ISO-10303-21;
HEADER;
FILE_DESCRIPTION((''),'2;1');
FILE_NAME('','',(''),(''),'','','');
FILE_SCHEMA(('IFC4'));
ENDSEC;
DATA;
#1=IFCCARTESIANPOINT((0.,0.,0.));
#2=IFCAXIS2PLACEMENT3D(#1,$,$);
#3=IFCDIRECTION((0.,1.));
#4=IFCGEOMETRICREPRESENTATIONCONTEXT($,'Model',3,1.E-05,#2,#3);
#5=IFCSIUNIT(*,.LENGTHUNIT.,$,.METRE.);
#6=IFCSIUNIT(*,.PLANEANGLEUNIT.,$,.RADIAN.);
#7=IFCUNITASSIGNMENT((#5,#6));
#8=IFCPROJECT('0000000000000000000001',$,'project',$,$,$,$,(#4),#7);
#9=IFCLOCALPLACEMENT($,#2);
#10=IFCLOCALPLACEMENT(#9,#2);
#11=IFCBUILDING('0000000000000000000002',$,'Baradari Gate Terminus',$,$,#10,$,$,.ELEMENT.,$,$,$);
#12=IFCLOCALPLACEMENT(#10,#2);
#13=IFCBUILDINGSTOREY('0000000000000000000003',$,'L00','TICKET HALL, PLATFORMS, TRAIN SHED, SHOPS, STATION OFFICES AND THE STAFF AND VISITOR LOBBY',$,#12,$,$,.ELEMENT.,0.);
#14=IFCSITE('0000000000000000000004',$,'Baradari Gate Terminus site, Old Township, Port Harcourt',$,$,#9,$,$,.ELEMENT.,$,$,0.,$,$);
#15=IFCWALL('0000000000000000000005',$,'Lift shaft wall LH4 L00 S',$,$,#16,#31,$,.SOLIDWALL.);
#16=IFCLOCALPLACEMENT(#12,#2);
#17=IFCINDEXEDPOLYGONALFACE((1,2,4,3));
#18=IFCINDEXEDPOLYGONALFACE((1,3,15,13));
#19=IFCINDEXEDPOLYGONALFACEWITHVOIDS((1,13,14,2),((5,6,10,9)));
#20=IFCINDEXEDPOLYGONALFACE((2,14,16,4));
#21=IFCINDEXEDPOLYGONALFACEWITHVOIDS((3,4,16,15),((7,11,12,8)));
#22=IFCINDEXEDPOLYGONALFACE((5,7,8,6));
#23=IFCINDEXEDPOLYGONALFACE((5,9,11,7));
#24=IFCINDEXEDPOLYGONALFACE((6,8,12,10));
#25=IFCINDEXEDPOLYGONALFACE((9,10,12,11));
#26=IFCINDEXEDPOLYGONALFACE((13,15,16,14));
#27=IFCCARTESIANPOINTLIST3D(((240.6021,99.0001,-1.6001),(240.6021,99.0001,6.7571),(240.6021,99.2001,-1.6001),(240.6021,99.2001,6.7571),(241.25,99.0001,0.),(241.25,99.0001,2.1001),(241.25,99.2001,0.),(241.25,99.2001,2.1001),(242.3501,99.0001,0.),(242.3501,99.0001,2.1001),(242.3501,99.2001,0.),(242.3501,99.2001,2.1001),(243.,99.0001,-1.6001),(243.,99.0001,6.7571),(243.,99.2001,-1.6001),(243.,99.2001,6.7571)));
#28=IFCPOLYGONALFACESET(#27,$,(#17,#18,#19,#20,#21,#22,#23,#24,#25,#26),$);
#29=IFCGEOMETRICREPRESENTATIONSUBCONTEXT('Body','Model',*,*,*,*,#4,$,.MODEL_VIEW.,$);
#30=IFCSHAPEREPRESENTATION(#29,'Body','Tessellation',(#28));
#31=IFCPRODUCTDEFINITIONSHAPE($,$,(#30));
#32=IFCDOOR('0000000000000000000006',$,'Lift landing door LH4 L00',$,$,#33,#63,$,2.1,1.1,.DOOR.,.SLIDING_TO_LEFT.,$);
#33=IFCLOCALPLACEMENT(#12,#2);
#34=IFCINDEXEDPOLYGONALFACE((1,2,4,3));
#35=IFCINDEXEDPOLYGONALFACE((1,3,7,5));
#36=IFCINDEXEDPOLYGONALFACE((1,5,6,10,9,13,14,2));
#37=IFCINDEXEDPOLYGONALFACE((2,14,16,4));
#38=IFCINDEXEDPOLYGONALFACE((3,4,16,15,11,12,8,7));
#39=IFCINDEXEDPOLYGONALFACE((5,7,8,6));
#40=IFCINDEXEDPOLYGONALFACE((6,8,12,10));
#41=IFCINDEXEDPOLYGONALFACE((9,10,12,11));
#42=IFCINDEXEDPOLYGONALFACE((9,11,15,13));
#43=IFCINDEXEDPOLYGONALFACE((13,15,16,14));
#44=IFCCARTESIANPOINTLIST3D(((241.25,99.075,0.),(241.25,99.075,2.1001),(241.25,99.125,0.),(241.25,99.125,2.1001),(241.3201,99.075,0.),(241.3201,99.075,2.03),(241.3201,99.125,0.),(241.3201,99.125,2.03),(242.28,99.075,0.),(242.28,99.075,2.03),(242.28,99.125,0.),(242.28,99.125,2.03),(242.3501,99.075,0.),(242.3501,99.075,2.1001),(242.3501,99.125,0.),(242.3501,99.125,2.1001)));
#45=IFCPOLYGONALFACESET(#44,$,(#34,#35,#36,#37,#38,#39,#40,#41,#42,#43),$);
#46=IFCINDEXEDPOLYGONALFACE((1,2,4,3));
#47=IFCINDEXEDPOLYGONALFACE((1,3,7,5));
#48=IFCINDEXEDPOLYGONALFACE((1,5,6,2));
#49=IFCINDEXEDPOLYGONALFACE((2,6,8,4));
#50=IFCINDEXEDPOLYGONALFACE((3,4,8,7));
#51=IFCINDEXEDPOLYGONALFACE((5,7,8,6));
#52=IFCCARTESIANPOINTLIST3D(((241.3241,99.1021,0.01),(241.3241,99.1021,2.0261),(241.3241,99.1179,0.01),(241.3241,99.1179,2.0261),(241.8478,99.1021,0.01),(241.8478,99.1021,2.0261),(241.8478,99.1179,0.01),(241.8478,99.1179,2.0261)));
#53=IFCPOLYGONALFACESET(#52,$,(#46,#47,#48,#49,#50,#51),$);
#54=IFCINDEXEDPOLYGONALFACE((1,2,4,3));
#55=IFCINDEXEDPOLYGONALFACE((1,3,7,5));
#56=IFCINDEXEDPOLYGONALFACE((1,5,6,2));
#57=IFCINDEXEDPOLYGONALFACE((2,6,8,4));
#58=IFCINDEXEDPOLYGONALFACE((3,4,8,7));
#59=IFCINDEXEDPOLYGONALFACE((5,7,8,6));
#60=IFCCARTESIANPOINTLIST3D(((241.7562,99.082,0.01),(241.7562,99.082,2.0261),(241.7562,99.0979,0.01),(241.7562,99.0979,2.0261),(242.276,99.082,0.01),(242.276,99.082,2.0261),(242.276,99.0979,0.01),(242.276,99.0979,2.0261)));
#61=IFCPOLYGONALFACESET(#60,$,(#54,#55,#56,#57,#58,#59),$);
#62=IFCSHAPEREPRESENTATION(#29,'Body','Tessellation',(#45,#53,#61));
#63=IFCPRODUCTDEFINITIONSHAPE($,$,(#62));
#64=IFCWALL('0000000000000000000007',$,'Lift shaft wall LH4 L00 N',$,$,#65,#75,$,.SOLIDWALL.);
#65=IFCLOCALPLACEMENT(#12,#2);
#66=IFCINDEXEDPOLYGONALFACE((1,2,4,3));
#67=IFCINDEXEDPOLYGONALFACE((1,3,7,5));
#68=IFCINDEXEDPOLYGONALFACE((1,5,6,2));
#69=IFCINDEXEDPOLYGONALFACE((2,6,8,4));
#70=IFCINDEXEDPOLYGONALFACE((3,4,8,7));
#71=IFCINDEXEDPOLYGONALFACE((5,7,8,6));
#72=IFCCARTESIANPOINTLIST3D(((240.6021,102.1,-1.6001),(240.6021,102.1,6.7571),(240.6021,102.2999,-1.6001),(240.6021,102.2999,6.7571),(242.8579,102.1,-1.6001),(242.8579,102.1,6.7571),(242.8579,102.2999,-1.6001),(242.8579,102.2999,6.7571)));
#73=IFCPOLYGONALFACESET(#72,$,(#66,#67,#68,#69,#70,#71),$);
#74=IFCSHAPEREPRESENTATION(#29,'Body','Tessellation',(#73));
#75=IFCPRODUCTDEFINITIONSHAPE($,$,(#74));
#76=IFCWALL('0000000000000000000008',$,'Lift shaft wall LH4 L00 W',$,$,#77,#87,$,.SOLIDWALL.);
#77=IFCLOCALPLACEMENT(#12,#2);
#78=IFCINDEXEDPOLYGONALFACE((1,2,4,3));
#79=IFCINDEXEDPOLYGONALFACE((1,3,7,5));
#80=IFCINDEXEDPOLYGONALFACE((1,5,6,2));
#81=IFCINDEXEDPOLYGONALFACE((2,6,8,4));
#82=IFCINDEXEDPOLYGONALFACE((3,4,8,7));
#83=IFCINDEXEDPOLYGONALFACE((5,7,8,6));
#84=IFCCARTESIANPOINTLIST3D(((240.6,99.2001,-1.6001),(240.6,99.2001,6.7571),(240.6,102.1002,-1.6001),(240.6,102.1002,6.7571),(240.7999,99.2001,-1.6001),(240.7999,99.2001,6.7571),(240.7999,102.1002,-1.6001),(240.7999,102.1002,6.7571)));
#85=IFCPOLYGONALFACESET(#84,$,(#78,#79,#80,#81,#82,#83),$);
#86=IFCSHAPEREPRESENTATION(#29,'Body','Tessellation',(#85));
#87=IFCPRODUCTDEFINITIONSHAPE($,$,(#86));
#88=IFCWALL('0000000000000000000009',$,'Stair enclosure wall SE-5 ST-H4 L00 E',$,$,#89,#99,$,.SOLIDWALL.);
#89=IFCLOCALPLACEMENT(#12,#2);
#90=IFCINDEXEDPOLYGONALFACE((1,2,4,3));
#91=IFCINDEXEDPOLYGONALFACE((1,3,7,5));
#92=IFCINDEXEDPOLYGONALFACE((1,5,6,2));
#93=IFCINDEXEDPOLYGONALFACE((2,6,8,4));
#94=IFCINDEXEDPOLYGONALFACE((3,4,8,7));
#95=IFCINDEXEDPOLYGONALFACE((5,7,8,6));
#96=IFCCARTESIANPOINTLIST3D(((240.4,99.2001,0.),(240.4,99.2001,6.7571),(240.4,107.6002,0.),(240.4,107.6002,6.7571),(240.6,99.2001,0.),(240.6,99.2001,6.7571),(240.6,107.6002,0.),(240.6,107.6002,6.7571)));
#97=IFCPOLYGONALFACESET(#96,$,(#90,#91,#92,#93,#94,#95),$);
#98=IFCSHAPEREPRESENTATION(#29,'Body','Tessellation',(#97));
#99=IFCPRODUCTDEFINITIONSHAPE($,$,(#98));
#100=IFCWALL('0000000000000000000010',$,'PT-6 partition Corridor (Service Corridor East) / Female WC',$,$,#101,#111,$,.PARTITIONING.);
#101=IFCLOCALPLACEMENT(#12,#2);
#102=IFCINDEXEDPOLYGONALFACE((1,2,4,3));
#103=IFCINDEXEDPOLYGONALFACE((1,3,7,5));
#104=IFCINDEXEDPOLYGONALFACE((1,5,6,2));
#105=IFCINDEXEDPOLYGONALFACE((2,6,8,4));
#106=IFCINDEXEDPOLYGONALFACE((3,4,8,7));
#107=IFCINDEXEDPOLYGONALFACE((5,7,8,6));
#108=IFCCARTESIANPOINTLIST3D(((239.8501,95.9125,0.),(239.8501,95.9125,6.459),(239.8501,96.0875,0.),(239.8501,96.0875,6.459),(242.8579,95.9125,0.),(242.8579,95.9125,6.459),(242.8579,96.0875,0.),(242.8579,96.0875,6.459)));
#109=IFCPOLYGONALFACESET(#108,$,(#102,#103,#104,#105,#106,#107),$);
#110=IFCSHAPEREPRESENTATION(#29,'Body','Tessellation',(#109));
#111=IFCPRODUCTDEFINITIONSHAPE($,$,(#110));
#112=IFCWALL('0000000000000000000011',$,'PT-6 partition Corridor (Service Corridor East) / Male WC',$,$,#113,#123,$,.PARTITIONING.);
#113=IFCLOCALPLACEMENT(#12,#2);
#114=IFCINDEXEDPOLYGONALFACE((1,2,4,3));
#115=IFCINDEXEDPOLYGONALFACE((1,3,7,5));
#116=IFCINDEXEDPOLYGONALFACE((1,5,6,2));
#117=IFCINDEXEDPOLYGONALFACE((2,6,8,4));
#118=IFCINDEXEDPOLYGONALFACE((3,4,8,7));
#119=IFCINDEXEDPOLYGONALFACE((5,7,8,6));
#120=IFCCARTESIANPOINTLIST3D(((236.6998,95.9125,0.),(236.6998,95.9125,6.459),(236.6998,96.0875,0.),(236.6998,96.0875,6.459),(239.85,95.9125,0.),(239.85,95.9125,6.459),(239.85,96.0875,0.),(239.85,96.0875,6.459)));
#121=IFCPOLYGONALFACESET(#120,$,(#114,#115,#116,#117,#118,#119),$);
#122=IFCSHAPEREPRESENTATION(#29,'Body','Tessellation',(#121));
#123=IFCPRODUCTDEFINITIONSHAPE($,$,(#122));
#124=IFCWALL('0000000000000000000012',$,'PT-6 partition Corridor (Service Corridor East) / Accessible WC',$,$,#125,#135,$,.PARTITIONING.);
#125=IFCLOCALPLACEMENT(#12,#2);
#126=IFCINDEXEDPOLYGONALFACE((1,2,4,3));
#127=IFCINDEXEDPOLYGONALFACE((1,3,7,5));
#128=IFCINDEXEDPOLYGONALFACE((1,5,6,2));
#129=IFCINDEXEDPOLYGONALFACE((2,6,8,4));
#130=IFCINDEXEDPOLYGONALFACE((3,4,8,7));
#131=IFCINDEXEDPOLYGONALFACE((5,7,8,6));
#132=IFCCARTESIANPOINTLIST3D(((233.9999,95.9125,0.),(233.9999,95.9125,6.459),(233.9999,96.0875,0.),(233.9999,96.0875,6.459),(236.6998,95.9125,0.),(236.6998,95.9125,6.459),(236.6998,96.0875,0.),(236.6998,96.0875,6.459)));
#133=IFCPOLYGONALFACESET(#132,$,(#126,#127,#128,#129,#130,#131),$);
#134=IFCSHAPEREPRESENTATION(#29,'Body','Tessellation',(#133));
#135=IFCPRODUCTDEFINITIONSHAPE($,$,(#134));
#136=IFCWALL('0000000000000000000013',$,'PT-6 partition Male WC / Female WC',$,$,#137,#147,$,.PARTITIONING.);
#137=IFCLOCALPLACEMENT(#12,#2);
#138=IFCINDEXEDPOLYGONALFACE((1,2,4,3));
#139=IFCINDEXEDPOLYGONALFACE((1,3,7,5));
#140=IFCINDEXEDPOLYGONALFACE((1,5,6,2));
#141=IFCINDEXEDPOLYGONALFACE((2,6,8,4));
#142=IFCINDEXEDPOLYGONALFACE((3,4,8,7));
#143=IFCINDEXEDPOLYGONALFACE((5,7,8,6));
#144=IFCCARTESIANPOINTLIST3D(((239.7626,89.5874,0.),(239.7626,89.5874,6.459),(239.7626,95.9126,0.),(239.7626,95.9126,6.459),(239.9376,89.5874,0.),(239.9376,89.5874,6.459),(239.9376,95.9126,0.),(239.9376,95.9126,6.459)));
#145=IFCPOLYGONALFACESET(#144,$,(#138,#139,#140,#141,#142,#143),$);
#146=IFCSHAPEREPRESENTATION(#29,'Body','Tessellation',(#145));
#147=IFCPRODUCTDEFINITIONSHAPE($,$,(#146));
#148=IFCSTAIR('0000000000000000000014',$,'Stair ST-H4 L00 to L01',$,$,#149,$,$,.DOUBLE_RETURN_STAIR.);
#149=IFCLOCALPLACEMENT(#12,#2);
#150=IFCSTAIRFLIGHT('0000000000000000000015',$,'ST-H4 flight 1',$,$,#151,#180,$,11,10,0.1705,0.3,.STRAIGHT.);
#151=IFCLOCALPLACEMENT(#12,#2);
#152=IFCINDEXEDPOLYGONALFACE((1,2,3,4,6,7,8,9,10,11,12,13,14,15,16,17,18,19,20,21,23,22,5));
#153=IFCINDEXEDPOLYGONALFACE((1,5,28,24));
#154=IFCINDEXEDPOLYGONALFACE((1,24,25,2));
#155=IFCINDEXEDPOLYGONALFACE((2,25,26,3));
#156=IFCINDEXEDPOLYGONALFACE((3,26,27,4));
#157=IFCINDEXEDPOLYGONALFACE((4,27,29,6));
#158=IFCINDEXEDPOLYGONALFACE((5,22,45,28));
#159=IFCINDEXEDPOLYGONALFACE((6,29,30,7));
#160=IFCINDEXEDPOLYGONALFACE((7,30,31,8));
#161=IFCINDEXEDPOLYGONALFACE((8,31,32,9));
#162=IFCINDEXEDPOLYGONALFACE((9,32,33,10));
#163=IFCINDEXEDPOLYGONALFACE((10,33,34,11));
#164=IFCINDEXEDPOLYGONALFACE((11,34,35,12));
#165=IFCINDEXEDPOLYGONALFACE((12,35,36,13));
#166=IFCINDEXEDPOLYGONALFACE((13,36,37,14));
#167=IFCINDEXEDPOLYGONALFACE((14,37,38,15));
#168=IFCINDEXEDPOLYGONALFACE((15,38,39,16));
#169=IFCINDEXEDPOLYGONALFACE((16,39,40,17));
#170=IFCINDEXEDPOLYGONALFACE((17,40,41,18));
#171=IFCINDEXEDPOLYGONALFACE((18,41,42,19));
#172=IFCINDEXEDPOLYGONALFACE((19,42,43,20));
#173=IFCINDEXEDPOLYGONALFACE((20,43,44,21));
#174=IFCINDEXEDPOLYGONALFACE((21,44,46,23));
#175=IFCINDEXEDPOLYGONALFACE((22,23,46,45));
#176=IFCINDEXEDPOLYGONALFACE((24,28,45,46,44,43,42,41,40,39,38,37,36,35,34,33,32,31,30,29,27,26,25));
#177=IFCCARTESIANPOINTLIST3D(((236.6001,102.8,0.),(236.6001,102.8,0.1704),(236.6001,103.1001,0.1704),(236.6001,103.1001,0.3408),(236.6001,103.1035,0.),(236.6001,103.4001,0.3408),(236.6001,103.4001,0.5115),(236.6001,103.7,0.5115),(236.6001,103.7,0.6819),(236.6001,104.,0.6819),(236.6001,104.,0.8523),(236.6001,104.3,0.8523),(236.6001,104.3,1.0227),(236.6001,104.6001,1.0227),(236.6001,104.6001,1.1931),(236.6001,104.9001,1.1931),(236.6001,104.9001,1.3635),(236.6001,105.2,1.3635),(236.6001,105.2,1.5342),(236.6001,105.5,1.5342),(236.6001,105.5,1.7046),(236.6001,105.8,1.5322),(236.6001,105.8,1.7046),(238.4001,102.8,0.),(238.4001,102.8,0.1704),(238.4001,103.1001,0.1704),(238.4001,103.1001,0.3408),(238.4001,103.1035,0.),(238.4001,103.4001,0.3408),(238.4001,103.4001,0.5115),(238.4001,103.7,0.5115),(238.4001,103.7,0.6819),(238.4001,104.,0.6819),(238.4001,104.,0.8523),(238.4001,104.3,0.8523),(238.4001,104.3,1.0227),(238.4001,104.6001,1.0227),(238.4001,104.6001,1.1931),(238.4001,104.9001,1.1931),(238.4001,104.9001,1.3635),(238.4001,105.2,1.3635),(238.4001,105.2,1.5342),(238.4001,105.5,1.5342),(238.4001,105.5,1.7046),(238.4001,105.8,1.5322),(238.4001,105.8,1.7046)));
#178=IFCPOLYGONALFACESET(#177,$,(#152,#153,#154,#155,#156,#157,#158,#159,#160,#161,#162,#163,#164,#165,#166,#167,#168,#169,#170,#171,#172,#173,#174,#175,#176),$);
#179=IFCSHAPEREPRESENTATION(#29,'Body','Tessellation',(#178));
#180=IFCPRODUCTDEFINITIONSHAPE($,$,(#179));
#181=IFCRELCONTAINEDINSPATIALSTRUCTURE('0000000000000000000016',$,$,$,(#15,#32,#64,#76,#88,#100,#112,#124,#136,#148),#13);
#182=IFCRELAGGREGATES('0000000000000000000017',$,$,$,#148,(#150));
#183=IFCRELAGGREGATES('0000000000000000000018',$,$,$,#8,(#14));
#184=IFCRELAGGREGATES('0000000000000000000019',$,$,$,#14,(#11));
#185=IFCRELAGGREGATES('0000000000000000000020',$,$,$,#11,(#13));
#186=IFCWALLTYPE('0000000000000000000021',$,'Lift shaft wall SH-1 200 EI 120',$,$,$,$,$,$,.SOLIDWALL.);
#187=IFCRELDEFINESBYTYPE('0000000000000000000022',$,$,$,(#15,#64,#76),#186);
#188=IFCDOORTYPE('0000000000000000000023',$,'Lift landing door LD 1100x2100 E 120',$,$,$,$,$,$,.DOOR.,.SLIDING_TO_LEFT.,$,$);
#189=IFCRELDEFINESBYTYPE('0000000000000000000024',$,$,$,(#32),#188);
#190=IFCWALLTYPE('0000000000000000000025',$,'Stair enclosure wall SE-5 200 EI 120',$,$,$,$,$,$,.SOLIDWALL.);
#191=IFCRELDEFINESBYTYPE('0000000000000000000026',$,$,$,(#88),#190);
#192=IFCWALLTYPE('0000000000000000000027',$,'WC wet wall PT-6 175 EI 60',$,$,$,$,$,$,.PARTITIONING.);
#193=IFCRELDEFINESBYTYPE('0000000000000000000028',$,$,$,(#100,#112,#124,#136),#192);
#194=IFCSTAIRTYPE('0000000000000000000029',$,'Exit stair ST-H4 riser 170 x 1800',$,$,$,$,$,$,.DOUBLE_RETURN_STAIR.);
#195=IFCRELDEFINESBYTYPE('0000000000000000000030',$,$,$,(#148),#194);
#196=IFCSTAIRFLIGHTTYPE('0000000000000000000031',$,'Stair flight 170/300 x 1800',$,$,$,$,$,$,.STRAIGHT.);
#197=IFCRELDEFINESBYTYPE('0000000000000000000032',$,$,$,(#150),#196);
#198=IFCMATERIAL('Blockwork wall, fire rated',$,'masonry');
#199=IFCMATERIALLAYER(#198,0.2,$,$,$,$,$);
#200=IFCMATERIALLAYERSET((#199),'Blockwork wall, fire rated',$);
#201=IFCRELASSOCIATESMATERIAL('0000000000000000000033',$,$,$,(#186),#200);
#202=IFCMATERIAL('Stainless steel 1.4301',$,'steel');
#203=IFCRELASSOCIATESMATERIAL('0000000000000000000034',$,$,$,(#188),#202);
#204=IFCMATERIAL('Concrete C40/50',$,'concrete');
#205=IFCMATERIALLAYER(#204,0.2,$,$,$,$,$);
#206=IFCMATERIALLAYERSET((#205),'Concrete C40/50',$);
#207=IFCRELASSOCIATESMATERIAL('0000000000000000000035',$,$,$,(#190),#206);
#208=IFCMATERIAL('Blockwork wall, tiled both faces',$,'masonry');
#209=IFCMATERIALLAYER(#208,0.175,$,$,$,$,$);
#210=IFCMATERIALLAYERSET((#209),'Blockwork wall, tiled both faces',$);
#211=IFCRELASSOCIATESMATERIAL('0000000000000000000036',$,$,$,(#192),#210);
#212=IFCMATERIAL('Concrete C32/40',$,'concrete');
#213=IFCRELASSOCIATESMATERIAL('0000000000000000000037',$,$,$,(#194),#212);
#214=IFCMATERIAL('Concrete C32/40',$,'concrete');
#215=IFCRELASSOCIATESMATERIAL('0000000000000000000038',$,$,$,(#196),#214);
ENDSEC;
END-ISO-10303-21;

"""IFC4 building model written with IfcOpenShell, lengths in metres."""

from ifc_helpers import new_model, si_unit, direction, frame, frame_2d, origin, place, context, subcontext, project, spatial, polyline, rectangle, outline, extrude, material, layer, layer_set, type_object, element, fill, aggregate, save


model = new_model("IFC4")

# Units and contexts
model_context = context("Model", 3, precision=1e-05, world=origin(), true_north=direction((0.0, 1.0)))
body_context = subcontext(model_context, "Body", "Model", "MODEL_VIEW")
ifc_project = project(units=[si_unit("LENGTHUNIT", "METRE"), si_unit("PLANEANGLEUNIT", "RADIAN")], contexts=[model_context])

# Site, building, storey
site_placement = place(None, origin())
site = spatial("IfcSite", under=ifc_project, at=site_placement, Name="Baradari Gate Terminus site, Old Township, Port Harcourt", CompositionType="ELEMENT", RefElevation=0.0)
building_placement = place(site_placement, origin())
building = spatial("IfcBuilding", under=site, at=building_placement, Name="Baradari Gate Terminus", CompositionType="ELEMENT")
storey_placement = place(building_placement, origin())
storey = spatial("IfcBuildingStorey", under=building, at=storey_placement, Name="L00", Description="TICKET HALL, PLATFORMS, TRAIN SHED, SHOPS, STATION OFFICES AND THE STAFF AND VISITOR LOBBY", CompositionType="ELEMENT", Elevation=0.0)

# Wall, opening, door
ifc_material_1 = material(Name="Blockwork wall, fire rated", Category="masonry")
ifc_layer_1 = layer(ifc_material_1, 0.2)
ifc_layer_set_1 = layer_set([ifc_layer_1], Name="Blockwork wall, fire rated")
wall_type_1 = type_object("IfcWallType", Name="Lift shaft wall SH-1 200 EI 120", PredefinedType="SOLIDWALL", material=ifc_layer_set_1)
wall_1_placement = place(storey_placement, frame((240.6021, 99.1001, -1.6001), z_axis=(0.0, 0.0, 1.0), x_axis=(1.0, 0.0, 0.0)))
wall_1 = element("IfcWall", 1, at=wall_1_placement, inside=storey, type_object=wall_type_1, Name="Lift shaft wall LH4 L00 S", PredefinedType="SOLIDWALL", context=body_context, shape_type="SweptSolid", body=[
    extrude(rectangle(XDim=2.3979, YDim=0.2, at=frame_2d((1.199, 0.0))), origin(), (0.0, 0.0, 1.0), 8.3572),
])
opening_1_placement = place(wall_1_placement, frame((0.6479, 0.0, 1.6001)))
opening_1 = element("IfcOpeningElement", 2, at=opening_1_placement, cuts=wall_1, PredefinedType="OPENING", context=body_context, shape_type="SweptSolid", body=[
    extrude(rectangle(XDim=1.1001, YDim=2.1001, at=frame_2d((0.55, 1.05))), frame((0.0, 0.1099, 0.0), z_axis=(0.0, -1.0, 0.0), x_axis=(1.0, 0.0, 0.0)), (0.0, 0.0, 1.0), 0.22),
])
ifc_material_2 = material(Name="Stainless steel 1.4301", Category="steel")
door_type = type_object("IfcDoorType", Name="Lift landing door LD 1100x2100 E 120", OperationType="SLIDING_TO_LEFT", PredefinedType="DOOR", material=ifc_material_2)
door_placement = place(opening_1_placement, origin())
door = element("IfcDoor", 3, at=door_placement, inside=storey, type_object=door_type, Name="Lift landing door LH4 L00", OperationType="SLIDING_TO_LEFT", OverallHeight=2.1, OverallWidth=1.1, PredefinedType="DOOR", context=body_context, shape_type="SweptSolid", body=[
    extrude(outline(polyline([(0.0, 0.0), (0.0701, 0.0), (0.0701, 2.03), (1.03, 2.03), (1.03, 0.0), (1.1001, 0.0), (1.1001, 2.1001), (0.0, 2.1001), (0.0, 0.0)])), frame((0.0, 0.0249, 0.0), z_axis=(0.0, -1.0, 0.0), x_axis=(1.0, 0.0, 0.0)), (0.0, 0.0, 1.0), 0.05),
    extrude(rectangle(XDim=0.5237, YDim=2.0161, at=frame_2d((0.3359, 1.0181))), frame((0.0, 0.0178, 0.0), z_axis=(0.0, -1.0, 0.0), x_axis=(1.0, 0.0, 0.0)), (0.0, 0.0, 1.0), 0.0159),
    extrude(rectangle(XDim=0.5198, YDim=2.0161, at=frame_2d((0.7661, 1.0181))), frame((0.0, -0.0022, 0.0), z_axis=(0.0, -1.0, 0.0), x_axis=(1.0, 0.0, 0.0)), (0.0, 0.0, 1.0), 0.0159),
])
fill(opening_1, door)

# Walls
wall_2_placement = place(storey_placement, frame((240.6021, 102.2, -1.6001), z_axis=(0.0, 0.0, 1.0), x_axis=(1.0, 0.0, 0.0)))
element("IfcWall", 4, at=wall_2_placement, inside=storey, type_object=wall_type_1, Name="Lift shaft wall LH4 L00 N", PredefinedType="SOLIDWALL", context=body_context, shape_type="SweptSolid", body=[
    extrude(rectangle(XDim=2.2559, YDim=0.2, at=frame_2d((1.1279, 0.0))), origin(), (0.0, 0.0, 1.0), 8.3572),
])
wall_3_placement = place(storey_placement, frame((240.7, 99.2, -1.6001), z_axis=(0.0, 0.0, 1.0), x_axis=(0.0, 1.0, 0.0)))
element("IfcWall", 5, at=wall_3_placement, inside=storey, type_object=wall_type_1, Name="Lift shaft wall LH4 L00 W", PredefinedType="SOLIDWALL", context=body_context, shape_type="SweptSolid", body=[
    extrude(rectangle(XDim=2.9001, YDim=0.2, at=frame_2d((1.4502, 0.0))), origin(), (0.0, 0.0, 1.0), 8.3572),
])
ifc_material_3 = material(Name="Concrete C40/50", Category="concrete")
ifc_layer_2 = layer(ifc_material_3, 0.2)
ifc_layer_set_2 = layer_set([ifc_layer_2], Name="Concrete C40/50")
wall_type_2 = type_object("IfcWallType", Name="Stair enclosure wall SE-5 200 EI 120", PredefinedType="SOLIDWALL", material=ifc_layer_set_2)
wall_4_placement = place(storey_placement, frame((240.5, 99.2, 0.0), z_axis=(0.0, 0.0, 1.0), x_axis=(0.0, 1.0, 0.0)))
element("IfcWall", 6, at=wall_4_placement, inside=storey, type_object=wall_type_2, Name="Stair enclosure wall SE-5 ST-H4 L00 E", PredefinedType="SOLIDWALL", context=body_context, shape_type="SweptSolid", body=[
    extrude(rectangle(XDim=8.4001, YDim=0.2, at=frame_2d((4.2002, 0.0))), origin(), (0.0, 0.0, 1.0), 6.7571),
])
ifc_material_4 = material(Name="Blockwork wall, tiled both faces", Category="masonry")
ifc_layer_3 = layer(ifc_material_4, 0.175)
ifc_layer_set_3 = layer_set([ifc_layer_3], Name="Blockwork wall, tiled both faces")
wall_type_3 = type_object("IfcWallType", Name="WC wet wall PT-6 175 EI 60", PredefinedType="PARTITIONING", material=ifc_layer_set_3)
wall_5_placement = place(storey_placement, frame((242.8579, 96.0, 0.0), z_axis=(0.0, 0.0, 1.0), x_axis=(-1.0, 0.0, 0.0)))
element("IfcWall", 7, at=wall_5_placement, inside=storey, type_object=wall_type_3, Name="PT-6 partition Corridor (Service Corridor East) / Female WC", PredefinedType="PARTITIONING", context=body_context, shape_type="SweptSolid", body=[
    extrude(rectangle(XDim=3.0078, YDim=0.175, at=frame_2d((1.5039, 0.0))), origin(), (0.0, 0.0, 1.0), 6.459),
])
wall_6_placement = place(storey_placement, frame((239.8501, 96.0, 0.0), z_axis=(0.0, 0.0, 1.0), x_axis=(-1.0, 0.0, 0.0)))
element("IfcWall", 8, at=wall_6_placement, inside=storey, type_object=wall_type_3, Name="PT-6 partition Corridor (Service Corridor East) / Male WC", PredefinedType="PARTITIONING", context=body_context, shape_type="SweptSolid", body=[
    extrude(rectangle(XDim=3.1501, YDim=0.175, at=frame_2d((1.5752, 0.0))), origin(), (0.0, 0.0, 1.0), 6.459),
])
wall_7_placement = place(storey_placement, frame((236.7, 96.0, 0.0), z_axis=(0.0, 0.0, 1.0), x_axis=(-1.0, 0.0, 0.0)))
element("IfcWall", 9, at=wall_7_placement, inside=storey, type_object=wall_type_3, Name="PT-6 partition Corridor (Service Corridor East) / Accessible WC", PredefinedType="PARTITIONING", context=body_context, shape_type="SweptSolid", body=[
    extrude(rectangle(XDim=2.7, YDim=0.175, at=frame_2d((1.3501, 0.0))), origin(), (0.0, 0.0, 1.0), 6.459),
])
wall_8_placement = place(storey_placement, frame((239.8501, 95.9126, 0.0), z_axis=(0.0, 0.0, 1.0), x_axis=(0.0, -1.0, 0.0)))
element("IfcWall", 10, at=wall_8_placement, inside=storey, type_object=wall_type_3, Name="PT-6 partition Male WC / Female WC", PredefinedType="PARTITIONING", context=body_context, shape_type="SweptSolid", body=[
    extrude(rectangle(XDim=6.3252, YDim=0.175, at=frame_2d((3.1626, 0.0))), origin(), (0.0, 0.0, 1.0), 6.459),
])

# Stair, stair flight
ifc_material_5 = material(Name="Concrete C32/40", Category="concrete")
stair_type = type_object("IfcStairType", Name="Exit stair ST-H4 riser 170 x 1800", PredefinedType="DOUBLE_RETURN_STAIR", material=ifc_material_5)
stair_placement = place(storey_placement, origin())
stair = element("IfcStair", 11, at=stair_placement, inside=storey, type_object=stair_type, Name="Stair ST-H4 L00 to L01", PredefinedType="DOUBLE_RETURN_STAIR")
ifc_material_6 = material(Name="Concrete C32/40", Category="concrete")
stair_flight_type = type_object("IfcStairFlightType", Name="Stair flight 170/300 x 1800", PredefinedType="STRAIGHT", material=ifc_material_6)
stair_flight_1_placement = place(storey_placement, frame((237.5, 102.8, 0.0), z_axis=(0.0, 0.0, 1.0), x_axis=(0.0, 1.0, 0.0)))
stair_flight_1 = element("IfcStairFlight", 12, at=stair_flight_1_placement, type_object=stair_flight_type, Name="ST-H4 flight 1", NumberOfRisers=11, NumberOfTreads=10, PredefinedType="STRAIGHT", RiserHeight=0.1705, TreadLength=0.3, context=body_context, shape_type="SweptSolid", body=[
    extrude(outline(polyline([(0.0, 0.0), (0.0, 0.1704), (0.3, 0.1704), (0.3, 0.3408), (0.6001, 0.3408), (0.6001, 0.5115), (0.8999, 0.5115), (0.8999, 0.6819), (1.2, 0.6819), (1.2, 0.8523), (1.5, 0.8523), (1.5, 1.0227), (1.8, 1.0227), (1.8, 1.1931), (2.1001, 1.1931), (2.1001, 1.3635), (2.3999, 1.3635), (2.3999, 1.5342), (2.7, 1.5342), (2.7, 1.7046), (3.0, 1.7046), (3.0, 1.875), (3.0, 1.5322), (0.3035, 0.0), (0.0, 0.0)])), frame((0.0, 0.8999, 0.0), z_axis=(0.0, -1.0, 0.0), x_axis=(1.0, 0.0, 0.0)), (0.0, 0.0, 1.0), 1.8),
])
aggregate(stair, [stair_flight_1])

save(model, "model.ifc")
